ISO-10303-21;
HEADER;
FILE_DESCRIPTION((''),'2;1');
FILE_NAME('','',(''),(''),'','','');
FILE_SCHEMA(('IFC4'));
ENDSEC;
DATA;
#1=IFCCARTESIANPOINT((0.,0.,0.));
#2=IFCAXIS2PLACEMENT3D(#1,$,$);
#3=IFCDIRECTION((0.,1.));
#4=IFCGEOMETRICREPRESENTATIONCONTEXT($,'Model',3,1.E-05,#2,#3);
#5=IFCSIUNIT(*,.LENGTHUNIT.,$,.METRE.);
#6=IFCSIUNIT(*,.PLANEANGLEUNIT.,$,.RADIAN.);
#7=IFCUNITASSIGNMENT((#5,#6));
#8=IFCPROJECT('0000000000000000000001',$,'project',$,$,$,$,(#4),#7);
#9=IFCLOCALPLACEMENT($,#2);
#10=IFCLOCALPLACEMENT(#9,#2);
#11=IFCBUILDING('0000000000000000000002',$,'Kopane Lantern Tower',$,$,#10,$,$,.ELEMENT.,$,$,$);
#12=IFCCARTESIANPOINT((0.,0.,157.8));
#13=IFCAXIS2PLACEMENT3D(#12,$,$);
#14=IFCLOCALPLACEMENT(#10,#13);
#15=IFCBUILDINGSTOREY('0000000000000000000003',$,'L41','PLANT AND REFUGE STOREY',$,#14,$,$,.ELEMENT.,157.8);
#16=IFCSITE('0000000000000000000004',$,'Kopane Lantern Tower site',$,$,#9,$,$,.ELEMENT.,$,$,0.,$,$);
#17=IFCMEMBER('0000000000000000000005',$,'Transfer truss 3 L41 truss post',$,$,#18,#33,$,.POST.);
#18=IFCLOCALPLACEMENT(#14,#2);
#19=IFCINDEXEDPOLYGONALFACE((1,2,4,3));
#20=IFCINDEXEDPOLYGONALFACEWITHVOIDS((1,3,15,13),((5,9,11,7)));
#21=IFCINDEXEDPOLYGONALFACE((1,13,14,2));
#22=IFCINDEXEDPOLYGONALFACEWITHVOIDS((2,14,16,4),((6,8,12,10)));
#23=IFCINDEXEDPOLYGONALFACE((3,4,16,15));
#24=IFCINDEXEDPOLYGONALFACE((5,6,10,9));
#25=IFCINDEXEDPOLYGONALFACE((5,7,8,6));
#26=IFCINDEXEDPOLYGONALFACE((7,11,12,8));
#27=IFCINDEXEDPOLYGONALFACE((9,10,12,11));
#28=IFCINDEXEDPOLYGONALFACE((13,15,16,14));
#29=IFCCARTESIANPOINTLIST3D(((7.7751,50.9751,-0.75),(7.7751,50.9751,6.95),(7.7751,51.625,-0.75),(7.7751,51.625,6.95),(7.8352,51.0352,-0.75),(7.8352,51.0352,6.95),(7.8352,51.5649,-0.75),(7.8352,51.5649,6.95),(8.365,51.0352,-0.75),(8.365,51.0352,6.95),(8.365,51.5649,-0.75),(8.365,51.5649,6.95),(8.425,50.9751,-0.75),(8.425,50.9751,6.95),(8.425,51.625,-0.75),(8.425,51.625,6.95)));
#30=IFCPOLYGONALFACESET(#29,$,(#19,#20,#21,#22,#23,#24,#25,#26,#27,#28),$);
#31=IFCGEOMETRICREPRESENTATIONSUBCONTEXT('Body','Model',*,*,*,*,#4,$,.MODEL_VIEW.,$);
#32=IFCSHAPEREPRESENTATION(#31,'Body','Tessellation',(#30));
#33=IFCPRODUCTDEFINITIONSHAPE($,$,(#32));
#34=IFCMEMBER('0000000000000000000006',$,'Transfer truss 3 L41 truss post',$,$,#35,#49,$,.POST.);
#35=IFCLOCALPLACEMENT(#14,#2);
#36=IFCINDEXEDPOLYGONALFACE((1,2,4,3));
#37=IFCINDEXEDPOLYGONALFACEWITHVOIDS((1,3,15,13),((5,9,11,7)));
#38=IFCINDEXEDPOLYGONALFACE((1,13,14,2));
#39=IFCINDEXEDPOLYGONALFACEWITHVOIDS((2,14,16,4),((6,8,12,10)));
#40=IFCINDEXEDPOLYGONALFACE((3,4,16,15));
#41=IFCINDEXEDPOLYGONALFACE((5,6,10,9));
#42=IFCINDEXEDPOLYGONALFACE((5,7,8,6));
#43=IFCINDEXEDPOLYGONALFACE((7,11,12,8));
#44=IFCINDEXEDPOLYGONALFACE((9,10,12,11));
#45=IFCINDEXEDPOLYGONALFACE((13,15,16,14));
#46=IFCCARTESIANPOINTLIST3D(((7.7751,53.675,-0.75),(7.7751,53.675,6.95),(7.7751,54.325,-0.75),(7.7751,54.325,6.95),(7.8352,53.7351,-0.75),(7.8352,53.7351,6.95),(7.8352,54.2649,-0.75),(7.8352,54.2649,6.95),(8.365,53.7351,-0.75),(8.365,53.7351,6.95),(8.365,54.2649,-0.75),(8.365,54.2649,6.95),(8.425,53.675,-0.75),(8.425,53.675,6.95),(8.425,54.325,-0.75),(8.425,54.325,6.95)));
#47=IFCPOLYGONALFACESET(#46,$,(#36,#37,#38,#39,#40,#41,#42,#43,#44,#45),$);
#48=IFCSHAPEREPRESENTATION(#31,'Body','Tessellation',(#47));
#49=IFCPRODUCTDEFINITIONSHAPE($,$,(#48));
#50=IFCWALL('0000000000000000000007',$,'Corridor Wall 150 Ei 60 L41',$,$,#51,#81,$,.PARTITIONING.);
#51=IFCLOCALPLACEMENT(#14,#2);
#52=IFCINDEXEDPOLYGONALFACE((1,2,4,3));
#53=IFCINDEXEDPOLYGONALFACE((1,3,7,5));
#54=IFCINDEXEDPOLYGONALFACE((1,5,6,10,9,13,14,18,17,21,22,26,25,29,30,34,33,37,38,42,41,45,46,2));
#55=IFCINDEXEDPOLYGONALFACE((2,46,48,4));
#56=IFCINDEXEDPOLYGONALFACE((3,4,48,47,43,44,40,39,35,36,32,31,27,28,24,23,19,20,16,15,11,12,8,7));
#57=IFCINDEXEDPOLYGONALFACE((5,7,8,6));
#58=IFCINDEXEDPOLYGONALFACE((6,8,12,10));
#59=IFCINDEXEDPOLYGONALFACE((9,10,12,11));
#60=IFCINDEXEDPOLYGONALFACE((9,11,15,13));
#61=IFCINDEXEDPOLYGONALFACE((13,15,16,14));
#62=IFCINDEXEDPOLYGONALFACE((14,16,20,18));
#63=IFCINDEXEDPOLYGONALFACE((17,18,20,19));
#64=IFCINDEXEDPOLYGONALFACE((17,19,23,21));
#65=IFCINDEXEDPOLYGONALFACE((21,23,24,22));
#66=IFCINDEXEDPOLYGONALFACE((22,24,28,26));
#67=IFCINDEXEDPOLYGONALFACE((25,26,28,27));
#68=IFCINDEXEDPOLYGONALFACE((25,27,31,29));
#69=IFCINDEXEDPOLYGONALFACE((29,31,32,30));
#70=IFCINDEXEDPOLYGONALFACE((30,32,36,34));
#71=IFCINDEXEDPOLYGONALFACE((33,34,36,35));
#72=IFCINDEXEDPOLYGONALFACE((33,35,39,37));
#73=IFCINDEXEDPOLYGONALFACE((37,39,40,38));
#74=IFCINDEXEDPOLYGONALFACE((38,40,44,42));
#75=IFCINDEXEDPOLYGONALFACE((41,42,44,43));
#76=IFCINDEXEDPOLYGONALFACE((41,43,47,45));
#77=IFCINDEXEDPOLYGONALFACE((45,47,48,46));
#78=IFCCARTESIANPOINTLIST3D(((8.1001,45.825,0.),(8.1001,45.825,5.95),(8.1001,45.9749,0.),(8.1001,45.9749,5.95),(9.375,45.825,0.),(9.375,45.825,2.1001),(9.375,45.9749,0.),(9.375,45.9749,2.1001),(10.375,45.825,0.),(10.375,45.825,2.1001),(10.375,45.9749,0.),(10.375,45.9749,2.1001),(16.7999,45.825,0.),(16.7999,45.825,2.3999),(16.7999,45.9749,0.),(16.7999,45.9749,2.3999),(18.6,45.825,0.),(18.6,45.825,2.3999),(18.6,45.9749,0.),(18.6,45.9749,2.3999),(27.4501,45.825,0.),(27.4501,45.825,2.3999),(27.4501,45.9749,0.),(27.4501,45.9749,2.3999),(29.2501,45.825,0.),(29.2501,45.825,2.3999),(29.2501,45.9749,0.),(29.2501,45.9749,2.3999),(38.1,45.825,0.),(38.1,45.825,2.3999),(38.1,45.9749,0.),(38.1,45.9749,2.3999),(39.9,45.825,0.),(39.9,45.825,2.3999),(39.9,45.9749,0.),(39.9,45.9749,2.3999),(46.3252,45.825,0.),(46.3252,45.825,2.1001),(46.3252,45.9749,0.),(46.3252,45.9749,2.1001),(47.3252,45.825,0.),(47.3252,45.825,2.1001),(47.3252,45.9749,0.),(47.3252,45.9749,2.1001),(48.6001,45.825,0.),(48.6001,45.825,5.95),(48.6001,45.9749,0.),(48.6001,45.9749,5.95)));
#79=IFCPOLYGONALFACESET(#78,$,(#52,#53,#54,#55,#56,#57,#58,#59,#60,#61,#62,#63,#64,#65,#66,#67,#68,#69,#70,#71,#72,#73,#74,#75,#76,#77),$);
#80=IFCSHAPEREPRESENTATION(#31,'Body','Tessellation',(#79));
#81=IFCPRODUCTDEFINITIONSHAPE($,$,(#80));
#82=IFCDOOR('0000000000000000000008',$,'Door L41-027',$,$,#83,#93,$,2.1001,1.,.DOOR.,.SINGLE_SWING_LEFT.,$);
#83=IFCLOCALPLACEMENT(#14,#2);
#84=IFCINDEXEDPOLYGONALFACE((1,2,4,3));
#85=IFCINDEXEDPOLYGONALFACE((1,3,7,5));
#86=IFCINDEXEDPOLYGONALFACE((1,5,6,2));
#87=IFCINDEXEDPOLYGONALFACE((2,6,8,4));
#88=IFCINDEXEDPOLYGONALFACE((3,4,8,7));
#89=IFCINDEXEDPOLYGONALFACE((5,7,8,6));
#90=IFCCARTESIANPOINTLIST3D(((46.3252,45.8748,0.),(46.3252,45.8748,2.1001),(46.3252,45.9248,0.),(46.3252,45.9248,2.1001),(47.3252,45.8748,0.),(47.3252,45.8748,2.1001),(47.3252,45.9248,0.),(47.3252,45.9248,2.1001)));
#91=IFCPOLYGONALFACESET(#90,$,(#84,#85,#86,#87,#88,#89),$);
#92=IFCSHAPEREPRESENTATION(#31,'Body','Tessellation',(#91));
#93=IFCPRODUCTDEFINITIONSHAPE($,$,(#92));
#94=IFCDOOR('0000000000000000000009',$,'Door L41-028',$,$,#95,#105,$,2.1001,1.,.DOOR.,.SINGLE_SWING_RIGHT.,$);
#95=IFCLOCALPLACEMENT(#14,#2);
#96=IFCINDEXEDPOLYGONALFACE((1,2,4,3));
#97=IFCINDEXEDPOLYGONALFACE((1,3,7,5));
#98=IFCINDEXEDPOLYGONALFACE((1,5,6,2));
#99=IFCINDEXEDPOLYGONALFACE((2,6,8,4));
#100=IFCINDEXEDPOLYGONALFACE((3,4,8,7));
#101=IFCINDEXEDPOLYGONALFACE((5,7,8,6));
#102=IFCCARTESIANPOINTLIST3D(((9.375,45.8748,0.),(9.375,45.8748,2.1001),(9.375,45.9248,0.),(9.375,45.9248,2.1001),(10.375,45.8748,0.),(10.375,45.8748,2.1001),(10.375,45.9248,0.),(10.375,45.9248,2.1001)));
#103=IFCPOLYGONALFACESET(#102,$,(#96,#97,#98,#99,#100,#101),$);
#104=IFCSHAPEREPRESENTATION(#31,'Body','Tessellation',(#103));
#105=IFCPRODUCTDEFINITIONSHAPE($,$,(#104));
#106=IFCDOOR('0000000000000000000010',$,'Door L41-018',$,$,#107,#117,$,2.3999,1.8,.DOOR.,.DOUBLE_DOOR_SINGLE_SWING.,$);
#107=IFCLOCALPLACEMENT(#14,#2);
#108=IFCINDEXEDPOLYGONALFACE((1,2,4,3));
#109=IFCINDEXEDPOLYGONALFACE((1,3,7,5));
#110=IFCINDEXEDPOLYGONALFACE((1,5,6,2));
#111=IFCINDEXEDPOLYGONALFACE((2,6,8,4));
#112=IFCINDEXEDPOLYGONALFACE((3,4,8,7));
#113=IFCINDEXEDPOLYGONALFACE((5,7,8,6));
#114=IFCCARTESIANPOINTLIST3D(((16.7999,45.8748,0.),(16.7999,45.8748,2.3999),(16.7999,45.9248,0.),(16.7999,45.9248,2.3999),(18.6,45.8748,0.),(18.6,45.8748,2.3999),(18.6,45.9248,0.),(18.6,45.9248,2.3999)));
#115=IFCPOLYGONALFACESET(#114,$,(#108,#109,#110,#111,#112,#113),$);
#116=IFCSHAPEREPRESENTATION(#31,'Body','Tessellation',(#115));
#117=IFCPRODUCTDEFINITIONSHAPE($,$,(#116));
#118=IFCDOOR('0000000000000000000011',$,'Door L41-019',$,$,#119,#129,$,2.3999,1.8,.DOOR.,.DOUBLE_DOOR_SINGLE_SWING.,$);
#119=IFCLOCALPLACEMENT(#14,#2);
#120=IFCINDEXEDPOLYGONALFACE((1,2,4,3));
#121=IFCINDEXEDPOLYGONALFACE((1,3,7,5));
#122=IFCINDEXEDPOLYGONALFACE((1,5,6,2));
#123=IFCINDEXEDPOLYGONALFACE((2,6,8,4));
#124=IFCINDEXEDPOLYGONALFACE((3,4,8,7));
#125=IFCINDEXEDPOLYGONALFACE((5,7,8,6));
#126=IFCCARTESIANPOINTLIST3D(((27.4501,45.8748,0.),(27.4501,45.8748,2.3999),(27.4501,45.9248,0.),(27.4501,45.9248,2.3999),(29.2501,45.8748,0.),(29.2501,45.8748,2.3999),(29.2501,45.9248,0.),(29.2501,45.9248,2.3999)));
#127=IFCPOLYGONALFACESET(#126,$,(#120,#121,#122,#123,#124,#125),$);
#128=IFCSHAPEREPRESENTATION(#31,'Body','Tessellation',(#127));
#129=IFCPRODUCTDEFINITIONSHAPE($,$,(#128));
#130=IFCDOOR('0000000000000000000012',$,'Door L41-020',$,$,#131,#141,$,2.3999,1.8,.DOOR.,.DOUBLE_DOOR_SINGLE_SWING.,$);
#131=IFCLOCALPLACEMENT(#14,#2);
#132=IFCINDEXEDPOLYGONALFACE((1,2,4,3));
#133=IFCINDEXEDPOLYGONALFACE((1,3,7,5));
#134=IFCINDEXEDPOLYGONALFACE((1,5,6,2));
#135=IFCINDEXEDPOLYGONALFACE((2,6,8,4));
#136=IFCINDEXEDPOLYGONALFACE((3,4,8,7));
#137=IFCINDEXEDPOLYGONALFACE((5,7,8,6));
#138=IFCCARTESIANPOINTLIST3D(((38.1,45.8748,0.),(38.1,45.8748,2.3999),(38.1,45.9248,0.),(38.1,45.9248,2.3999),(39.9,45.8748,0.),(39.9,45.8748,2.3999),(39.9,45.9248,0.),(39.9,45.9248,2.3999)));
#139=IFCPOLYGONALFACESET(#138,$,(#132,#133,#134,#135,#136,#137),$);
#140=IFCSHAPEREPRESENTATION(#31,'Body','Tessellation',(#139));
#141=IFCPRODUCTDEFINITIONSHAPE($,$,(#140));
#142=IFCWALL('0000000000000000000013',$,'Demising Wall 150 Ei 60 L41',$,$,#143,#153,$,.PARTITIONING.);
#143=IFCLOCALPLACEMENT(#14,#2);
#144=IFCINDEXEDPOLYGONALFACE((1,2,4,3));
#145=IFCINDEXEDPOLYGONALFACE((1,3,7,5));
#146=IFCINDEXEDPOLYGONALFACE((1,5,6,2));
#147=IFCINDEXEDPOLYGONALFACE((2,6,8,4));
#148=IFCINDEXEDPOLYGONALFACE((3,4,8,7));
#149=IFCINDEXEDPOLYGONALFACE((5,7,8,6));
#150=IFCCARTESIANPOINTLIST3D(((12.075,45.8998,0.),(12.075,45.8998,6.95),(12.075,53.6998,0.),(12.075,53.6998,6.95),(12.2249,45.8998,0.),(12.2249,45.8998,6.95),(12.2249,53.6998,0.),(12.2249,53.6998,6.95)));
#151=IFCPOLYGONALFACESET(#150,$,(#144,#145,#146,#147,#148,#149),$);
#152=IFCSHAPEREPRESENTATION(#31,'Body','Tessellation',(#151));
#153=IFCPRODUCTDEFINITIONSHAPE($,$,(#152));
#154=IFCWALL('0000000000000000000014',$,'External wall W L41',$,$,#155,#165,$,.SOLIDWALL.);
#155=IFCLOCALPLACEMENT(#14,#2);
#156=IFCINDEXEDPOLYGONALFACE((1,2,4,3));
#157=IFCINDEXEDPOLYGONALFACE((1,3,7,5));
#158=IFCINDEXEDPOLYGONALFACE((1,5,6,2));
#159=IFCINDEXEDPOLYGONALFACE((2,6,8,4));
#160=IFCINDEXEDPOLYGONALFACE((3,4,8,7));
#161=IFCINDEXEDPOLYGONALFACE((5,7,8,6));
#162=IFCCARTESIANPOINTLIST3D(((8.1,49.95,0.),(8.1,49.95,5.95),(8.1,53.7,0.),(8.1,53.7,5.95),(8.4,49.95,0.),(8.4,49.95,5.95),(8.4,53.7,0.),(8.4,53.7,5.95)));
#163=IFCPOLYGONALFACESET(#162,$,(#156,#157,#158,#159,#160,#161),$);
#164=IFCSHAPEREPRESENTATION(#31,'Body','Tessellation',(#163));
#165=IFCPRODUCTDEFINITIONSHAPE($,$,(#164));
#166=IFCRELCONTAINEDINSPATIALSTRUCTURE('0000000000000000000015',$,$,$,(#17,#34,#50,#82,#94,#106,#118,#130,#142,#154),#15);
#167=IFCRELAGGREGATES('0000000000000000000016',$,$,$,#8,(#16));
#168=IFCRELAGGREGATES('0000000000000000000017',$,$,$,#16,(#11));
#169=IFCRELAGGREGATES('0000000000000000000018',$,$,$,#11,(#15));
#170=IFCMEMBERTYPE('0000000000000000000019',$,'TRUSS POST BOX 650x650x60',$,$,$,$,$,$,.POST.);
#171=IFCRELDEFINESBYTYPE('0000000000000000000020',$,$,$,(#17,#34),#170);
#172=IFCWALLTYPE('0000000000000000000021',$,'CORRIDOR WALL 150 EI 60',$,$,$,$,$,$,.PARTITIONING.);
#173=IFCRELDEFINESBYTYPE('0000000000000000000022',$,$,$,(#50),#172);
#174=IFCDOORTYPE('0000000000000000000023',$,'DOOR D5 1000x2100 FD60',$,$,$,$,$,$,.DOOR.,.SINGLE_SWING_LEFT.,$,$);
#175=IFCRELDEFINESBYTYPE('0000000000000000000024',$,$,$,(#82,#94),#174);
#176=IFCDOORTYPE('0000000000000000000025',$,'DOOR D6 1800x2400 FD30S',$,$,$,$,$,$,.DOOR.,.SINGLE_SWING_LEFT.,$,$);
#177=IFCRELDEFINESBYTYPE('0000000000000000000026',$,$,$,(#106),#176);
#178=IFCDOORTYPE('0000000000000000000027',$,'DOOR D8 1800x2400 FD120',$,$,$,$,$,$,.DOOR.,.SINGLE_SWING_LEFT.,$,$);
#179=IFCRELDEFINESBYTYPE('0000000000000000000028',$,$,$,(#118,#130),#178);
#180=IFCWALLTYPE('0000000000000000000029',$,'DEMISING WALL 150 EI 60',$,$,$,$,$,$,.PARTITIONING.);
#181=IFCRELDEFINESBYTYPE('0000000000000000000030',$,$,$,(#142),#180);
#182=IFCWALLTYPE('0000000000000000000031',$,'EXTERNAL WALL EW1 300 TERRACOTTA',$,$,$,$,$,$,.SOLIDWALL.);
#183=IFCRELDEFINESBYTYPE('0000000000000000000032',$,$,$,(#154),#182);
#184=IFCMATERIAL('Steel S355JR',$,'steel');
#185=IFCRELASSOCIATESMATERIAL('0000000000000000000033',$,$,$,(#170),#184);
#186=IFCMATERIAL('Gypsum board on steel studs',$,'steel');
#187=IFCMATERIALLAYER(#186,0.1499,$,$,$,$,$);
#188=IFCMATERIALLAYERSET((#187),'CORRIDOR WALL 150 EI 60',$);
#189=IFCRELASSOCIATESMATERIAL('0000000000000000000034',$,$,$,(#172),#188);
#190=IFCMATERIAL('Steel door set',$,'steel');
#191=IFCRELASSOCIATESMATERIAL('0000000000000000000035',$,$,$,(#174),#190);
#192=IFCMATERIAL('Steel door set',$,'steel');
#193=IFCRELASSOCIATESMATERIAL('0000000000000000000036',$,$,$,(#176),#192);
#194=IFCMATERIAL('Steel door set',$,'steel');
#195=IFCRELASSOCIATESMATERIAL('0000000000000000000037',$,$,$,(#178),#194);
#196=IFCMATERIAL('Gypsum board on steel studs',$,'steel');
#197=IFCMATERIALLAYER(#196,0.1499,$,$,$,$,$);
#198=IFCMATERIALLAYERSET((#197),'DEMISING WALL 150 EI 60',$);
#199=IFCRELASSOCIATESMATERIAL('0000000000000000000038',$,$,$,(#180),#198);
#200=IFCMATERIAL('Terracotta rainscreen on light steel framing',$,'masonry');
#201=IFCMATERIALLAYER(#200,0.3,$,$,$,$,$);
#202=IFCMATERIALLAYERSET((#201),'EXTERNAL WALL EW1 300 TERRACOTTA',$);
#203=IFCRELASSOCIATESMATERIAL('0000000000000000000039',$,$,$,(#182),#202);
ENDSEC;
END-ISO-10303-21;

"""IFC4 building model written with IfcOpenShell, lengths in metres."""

from ifc_helpers import new_model, si_unit, direction, frame, frame_2d, origin, origin_2d, place, context, subcontext, project, spatial, rectangle, hollow_rectangle, extrude, material, layer, layer_set, material_profile, profile_set, type_object, element, fill, save


model = new_model("IFC4")

# Units and contexts
model_context = context("Model", 3, precision=1e-05, world=origin(), true_north=direction((0.0, 1.0)))
body_context = subcontext(model_context, "Body", "Model", "MODEL_VIEW")
ifc_project = project(units=[si_unit("LENGTHUNIT", "METRE"), si_unit("PLANEANGLEUNIT", "RADIAN")], contexts=[model_context])

# Site, building, storey
site_placement = place(None, origin())
site = spatial("IfcSite", under=ifc_project, at=site_placement, Name="Kopane Lantern Tower site", CompositionType="ELEMENT", RefElevation=0.0)
building_placement = place(site_placement, origin())
building = spatial("IfcBuilding", under=site, at=building_placement, Name="Kopane Lantern Tower", CompositionType="ELEMENT")
storey_placement = place(building_placement, frame((0.0, 0.0, 157.8)))
storey = spatial("IfcBuildingStorey", under=building, at=storey_placement, Name="L41", Description="PLANT AND REFUGE STOREY", CompositionType="ELEMENT", Elevation=157.8)

# Members
ifc_material_1 = material(Name="Steel S355JR", Category="steel")
ifc_material_profile_1 = material_profile(ifc_material_1, hollow_rectangle(XDim=0.6499, YDim=0.6499, WallThickness=0.0601, at=origin_2d()), Name="BOX 650x650x60")
ifc_profile_set_1 = profile_set([ifc_material_profile_1], Name="Steel S355JR")
member_type_1 = type_object("IfcMemberType", Name="TRUSS POST BOX 650x650x60", PredefinedType="POST", material=ifc_profile_set_1)
for number, where, z_axis, x_axis, name in (
    (1, (8.1001, 51.3, -0.75), (0.0, 0.0, 1.0), (1.0, 0.0, 0.0), "Transfer truss 3 L41 truss post"),
    (2, (8.1001, 54.0, -0.75), (0.0, 0.0, 1.0), (1.0, 0.0, 0.0), "Transfer truss 3 L41 truss post"),
):
    element("IfcMember", number, at=place(storey_placement, frame(where, z_axis=z_axis, x_axis=x_axis)), inside=storey, type_object=member_type_1, Name=name, PredefinedType="POST", context=body_context, shape_type="SweptSolid", body=[
        extrude(hollow_rectangle(XDim=0.6499, YDim=0.6499, WallThickness=0.0601, at=origin_2d()), origin(), (0.0, 0.0, 1.0), 7.7),
    ])

# Wall, openings, doors
ifc_material_2 = material(Name="Gypsum board on steel studs", Category="steel")
ifc_layer_1 = layer(ifc_material_2, 0.1499)
ifc_layer_set_1 = layer_set([ifc_layer_1], Name="CORRIDOR WALL 150 EI 60")
wall_type_1 = type_object("IfcWallType", Name="CORRIDOR WALL 150 EI 60", PredefinedType="PARTITIONING", material=ifc_layer_set_1)
wall_1_placement = place(storey_placement, frame((8.1001, 45.8999, 0.0), z_axis=(0.0, 0.0, 1.0), x_axis=(1.0, 0.0, 0.0)))
wall_1 = element("IfcWall", 3, at=wall_1_placement, inside=storey, type_object=wall_type_1, Name="Corridor Wall 150 Ei 60 L41", PredefinedType="PARTITIONING", context=body_context, shape_type="SweptSolid", body=[
    extrude(rectangle(XDim=40.5, YDim=0.1499, at=frame_2d((20.25, 0.0))), origin(), (0.0, 0.0, 1.0), 5.95),
])
opening_1_placement = place(wall_1_placement, frame((8.7, 0.0, 0.0)))
opening_1 = element("IfcOpeningElement", 4, at=opening_1_placement, cuts=wall_1, PredefinedType="OPENING", context=body_context, shape_type="SweptSolid", body=[
    extrude(rectangle(XDim=1.8, YDim=2.3999, at=frame_2d((0.8999, 1.2))), frame((0.0, 0.085, 0.0), z_axis=(0.0, -1.0, 0.0), x_axis=(1.0, 0.0, 0.0)), (0.0, 0.0, 1.0), 0.1699),
])
opening_2_placement = place(wall_1_placement, frame((19.3501, 0.0, 0.0)))
opening_2 = element("IfcOpeningElement", 5, at=opening_2_placement, cuts=wall_1, PredefinedType="OPENING", context=body_context, shape_type="SweptSolid", body=[
    extrude(rectangle(XDim=1.8, YDim=2.3999, at=frame_2d((0.8999, 1.2))), frame((0.0, 0.085, 0.0), z_axis=(0.0, -1.0, 0.0), x_axis=(1.0, 0.0, 0.0)), (0.0, 0.0, 1.0), 0.1699),
])
opening_3_placement = place(wall_1_placement, frame((30.0, 0.0, 0.0)))
opening_3 = element("IfcOpeningElement", 6, at=opening_3_placement, cuts=wall_1, PredefinedType="OPENING", context=body_context, shape_type="SweptSolid", body=[
    extrude(rectangle(XDim=1.8, YDim=2.3999, at=frame_2d((0.8999, 1.2))), frame((0.0, 0.085, 0.0), z_axis=(0.0, -1.0, 0.0), x_axis=(1.0, 0.0, 0.0)), (0.0, 0.0, 1.0), 0.1699),
])
opening_4_placement = place(wall_1_placement, frame((38.2251, 0.0, 0.0)))
opening_4 = element("IfcOpeningElement", 7, at=opening_4_placement, cuts=wall_1, PredefinedType="OPENING", context=body_context, shape_type="SweptSolid", body=[
    extrude(rectangle(XDim=1.0, YDim=2.1001, at=frame_2d((0.5, 1.05))), frame((0.0, 0.085, 0.0), z_axis=(0.0, -1.0, 0.0), x_axis=(1.0, 0.0, 0.0)), (0.0, 0.0, 1.0), 0.1699),
])
opening_5_placement = place(wall_1_placement, frame((1.2749, 0.0, 0.0)))
opening_5 = element("IfcOpeningElement", 8, at=opening_5_placement, cuts=wall_1, PredefinedType="OPENING", context=body_context, shape_type="SweptSolid", body=[
    extrude(rectangle(XDim=1.0, YDim=2.1001, at=frame_2d((0.5, 1.05))), frame((0.0, 0.085, 0.0), z_axis=(0.0, -1.0, 0.0), x_axis=(1.0, 0.0, 0.0)), (0.0, 0.0, 1.0), 0.1699),
])
ifc_material_3 = material(Name="Steel door set", Category="steel")
door_type_1 = type_object("IfcDoorType", Name="DOOR D5 1000x2100 FD60", OperationType="SINGLE_SWING_LEFT", PredefinedType="DOOR", material=ifc_material_3)
door_1_placement = place(opening_4_placement, origin())
door_1 = element("IfcDoor", 9, at=door_1_placement, inside=storey, type_object=door_type_1, Name="Door L41-027", OperationType="SINGLE_SWING_LEFT", OverallHeight=2.1001, OverallWidth=1.0, PredefinedType="DOOR", context=body_context, shape_type="SweptSolid", body=[
    extrude(rectangle(XDim=1.0, YDim=2.1001, at=frame_2d((0.5, 1.05))), frame((0.0, 0.0249, 0.0), z_axis=(0.0, -1.0, 0.0), x_axis=(1.0, 0.0, 0.0)), (0.0, 0.0, 1.0), 0.05),
])
fill(opening_4, door_1)
door_2_placement = place(opening_5_placement, origin())
door_2 = element("IfcDoor", 10, at=door_2_placement, inside=storey, type_object=door_type_1, Name="Door L41-028", OperationType="SINGLE_SWING_RIGHT", OverallHeight=2.1001, OverallWidth=1.0, PredefinedType="DOOR", context=body_context, shape_type="SweptSolid", body=[
    extrude(rectangle(XDim=1.0, YDim=2.1001, at=frame_2d((0.5, 1.05))), frame((0.0, 0.0249, 0.0), z_axis=(0.0, -1.0, 0.0), x_axis=(1.0, 0.0, 0.0)), (0.0, 0.0, 1.0), 0.05),
])
fill(opening_5, door_2)
ifc_material_4 = material(Name="Steel door set", Category="steel")
door_type_2 = type_object("IfcDoorType", Name="DOOR D6 1800x2400 FD30S", OperationType="SINGLE_SWING_LEFT", PredefinedType="DOOR", material=ifc_material_4)
door_3_placement = place(opening_1_placement, origin())
door_3 = element("IfcDoor", 11, at=door_3_placement, inside=storey, type_object=door_type_2, Name="Door L41-018", OperationType="DOUBLE_DOOR_SINGLE_SWING", OverallHeight=2.3999, OverallWidth=1.8, PredefinedType="DOOR", context=body_context, shape_type="SweptSolid", body=[
    extrude(rectangle(XDim=1.8, YDim=2.3999, at=frame_2d((0.8999, 1.2))), frame((0.0, 0.0249, 0.0), z_axis=(0.0, -1.0, 0.0), x_axis=(1.0, 0.0, 0.0)), (0.0, 0.0, 1.0), 0.05),
])
fill(opening_1, door_3)
ifc_material_5 = material(Name="Steel door set", Category="steel")
door_type_3 = type_object("IfcDoorType", Name="DOOR D8 1800x2400 FD120", OperationType="SINGLE_SWING_LEFT", PredefinedType="DOOR", material=ifc_material_5)
door_4_placement = place(opening_2_placement, origin())
door_4 = element("IfcDoor", 12, at=door_4_placement, inside=storey, type_object=door_type_3, Name="Door L41-019", OperationType="DOUBLE_DOOR_SINGLE_SWING", OverallHeight=2.3999, OverallWidth=1.8, PredefinedType="DOOR", context=body_context, shape_type="SweptSolid", body=[
    extrude(rectangle(XDim=1.8, YDim=2.3999, at=frame_2d((0.8999, 1.2))), frame((0.0, 0.0249, 0.0), z_axis=(0.0, -1.0, 0.0), x_axis=(1.0, 0.0, 0.0)), (0.0, 0.0, 1.0), 0.05),
])
fill(opening_2, door_4)
door_5_placement = place(opening_3_placement, origin())
door_5 = element("IfcDoor", 13, at=door_5_placement, inside=storey, type_object=door_type_3, Name="Door L41-020", OperationType="DOUBLE_DOOR_SINGLE_SWING", OverallHeight=2.3999, OverallWidth=1.8, PredefinedType="DOOR", context=body_context, shape_type="SweptSolid", body=[
    extrude(rectangle(XDim=1.8, YDim=2.3999, at=frame_2d((0.8999, 1.2))), frame((0.0, 0.0249, 0.0), z_axis=(0.0, -1.0, 0.0), x_axis=(1.0, 0.0, 0.0)), (0.0, 0.0, 1.0), 0.05),
])
fill(opening_3, door_5)

# Walls
ifc_material_6 = material(Name="Gypsum board on steel studs", Category="steel")
ifc_layer_2 = layer(ifc_material_6, 0.1499)
ifc_layer_set_2 = layer_set([ifc_layer_2], Name="DEMISING WALL 150 EI 60")
wall_type_2 = type_object("IfcWallType", Name="DEMISING WALL 150 EI 60", PredefinedType="PARTITIONING", material=ifc_layer_set_2)
wall_2_placement = place(storey_placement, frame((12.1499, 45.8999, 0.0), z_axis=(0.0, 0.0, 1.0), x_axis=(0.0, 1.0, 0.0)))
element("IfcWall", 14, at=wall_2_placement, inside=storey, type_object=wall_type_2, Name="Demising Wall 150 Ei 60 L41", PredefinedType="PARTITIONING", context=body_context, shape_type="SweptSolid", body=[
    extrude(rectangle(XDim=7.8, YDim=0.1499, at=frame_2d((3.8999, 0.0))), origin(), (0.0, 0.0, 1.0), 6.95),
])
ifc_material_7 = material(Name="Terracotta rainscreen on light steel framing", Category="masonry")
ifc_layer_3 = layer(ifc_material_7, 0.3)
ifc_layer_set_3 = layer_set([ifc_layer_3], Name="EXTERNAL WALL EW1 300 TERRACOTTA")
wall_type_3 = type_object("IfcWallType", Name="EXTERNAL WALL EW1 300 TERRACOTTA", PredefinedType="SOLIDWALL", material=ifc_layer_set_3)
wall_3_placement = place(storey_placement, frame((8.25, 53.7, 0.0), z_axis=(0.0, 0.0, 1.0), x_axis=(0.0, -1.0, 0.0)))
element("IfcWall", 15, at=wall_3_placement, inside=storey, type_object=wall_type_3, Name="External wall W L41", PredefinedType="SOLIDWALL", context=body_context, shape_type="SweptSolid", body=[
    extrude(rectangle(XDim=3.75, YDim=0.3, at=frame_2d((1.875, 0.0))), origin(), (0.0, 0.0, 1.0), 5.95),
])

save(model, "model.ifc")
